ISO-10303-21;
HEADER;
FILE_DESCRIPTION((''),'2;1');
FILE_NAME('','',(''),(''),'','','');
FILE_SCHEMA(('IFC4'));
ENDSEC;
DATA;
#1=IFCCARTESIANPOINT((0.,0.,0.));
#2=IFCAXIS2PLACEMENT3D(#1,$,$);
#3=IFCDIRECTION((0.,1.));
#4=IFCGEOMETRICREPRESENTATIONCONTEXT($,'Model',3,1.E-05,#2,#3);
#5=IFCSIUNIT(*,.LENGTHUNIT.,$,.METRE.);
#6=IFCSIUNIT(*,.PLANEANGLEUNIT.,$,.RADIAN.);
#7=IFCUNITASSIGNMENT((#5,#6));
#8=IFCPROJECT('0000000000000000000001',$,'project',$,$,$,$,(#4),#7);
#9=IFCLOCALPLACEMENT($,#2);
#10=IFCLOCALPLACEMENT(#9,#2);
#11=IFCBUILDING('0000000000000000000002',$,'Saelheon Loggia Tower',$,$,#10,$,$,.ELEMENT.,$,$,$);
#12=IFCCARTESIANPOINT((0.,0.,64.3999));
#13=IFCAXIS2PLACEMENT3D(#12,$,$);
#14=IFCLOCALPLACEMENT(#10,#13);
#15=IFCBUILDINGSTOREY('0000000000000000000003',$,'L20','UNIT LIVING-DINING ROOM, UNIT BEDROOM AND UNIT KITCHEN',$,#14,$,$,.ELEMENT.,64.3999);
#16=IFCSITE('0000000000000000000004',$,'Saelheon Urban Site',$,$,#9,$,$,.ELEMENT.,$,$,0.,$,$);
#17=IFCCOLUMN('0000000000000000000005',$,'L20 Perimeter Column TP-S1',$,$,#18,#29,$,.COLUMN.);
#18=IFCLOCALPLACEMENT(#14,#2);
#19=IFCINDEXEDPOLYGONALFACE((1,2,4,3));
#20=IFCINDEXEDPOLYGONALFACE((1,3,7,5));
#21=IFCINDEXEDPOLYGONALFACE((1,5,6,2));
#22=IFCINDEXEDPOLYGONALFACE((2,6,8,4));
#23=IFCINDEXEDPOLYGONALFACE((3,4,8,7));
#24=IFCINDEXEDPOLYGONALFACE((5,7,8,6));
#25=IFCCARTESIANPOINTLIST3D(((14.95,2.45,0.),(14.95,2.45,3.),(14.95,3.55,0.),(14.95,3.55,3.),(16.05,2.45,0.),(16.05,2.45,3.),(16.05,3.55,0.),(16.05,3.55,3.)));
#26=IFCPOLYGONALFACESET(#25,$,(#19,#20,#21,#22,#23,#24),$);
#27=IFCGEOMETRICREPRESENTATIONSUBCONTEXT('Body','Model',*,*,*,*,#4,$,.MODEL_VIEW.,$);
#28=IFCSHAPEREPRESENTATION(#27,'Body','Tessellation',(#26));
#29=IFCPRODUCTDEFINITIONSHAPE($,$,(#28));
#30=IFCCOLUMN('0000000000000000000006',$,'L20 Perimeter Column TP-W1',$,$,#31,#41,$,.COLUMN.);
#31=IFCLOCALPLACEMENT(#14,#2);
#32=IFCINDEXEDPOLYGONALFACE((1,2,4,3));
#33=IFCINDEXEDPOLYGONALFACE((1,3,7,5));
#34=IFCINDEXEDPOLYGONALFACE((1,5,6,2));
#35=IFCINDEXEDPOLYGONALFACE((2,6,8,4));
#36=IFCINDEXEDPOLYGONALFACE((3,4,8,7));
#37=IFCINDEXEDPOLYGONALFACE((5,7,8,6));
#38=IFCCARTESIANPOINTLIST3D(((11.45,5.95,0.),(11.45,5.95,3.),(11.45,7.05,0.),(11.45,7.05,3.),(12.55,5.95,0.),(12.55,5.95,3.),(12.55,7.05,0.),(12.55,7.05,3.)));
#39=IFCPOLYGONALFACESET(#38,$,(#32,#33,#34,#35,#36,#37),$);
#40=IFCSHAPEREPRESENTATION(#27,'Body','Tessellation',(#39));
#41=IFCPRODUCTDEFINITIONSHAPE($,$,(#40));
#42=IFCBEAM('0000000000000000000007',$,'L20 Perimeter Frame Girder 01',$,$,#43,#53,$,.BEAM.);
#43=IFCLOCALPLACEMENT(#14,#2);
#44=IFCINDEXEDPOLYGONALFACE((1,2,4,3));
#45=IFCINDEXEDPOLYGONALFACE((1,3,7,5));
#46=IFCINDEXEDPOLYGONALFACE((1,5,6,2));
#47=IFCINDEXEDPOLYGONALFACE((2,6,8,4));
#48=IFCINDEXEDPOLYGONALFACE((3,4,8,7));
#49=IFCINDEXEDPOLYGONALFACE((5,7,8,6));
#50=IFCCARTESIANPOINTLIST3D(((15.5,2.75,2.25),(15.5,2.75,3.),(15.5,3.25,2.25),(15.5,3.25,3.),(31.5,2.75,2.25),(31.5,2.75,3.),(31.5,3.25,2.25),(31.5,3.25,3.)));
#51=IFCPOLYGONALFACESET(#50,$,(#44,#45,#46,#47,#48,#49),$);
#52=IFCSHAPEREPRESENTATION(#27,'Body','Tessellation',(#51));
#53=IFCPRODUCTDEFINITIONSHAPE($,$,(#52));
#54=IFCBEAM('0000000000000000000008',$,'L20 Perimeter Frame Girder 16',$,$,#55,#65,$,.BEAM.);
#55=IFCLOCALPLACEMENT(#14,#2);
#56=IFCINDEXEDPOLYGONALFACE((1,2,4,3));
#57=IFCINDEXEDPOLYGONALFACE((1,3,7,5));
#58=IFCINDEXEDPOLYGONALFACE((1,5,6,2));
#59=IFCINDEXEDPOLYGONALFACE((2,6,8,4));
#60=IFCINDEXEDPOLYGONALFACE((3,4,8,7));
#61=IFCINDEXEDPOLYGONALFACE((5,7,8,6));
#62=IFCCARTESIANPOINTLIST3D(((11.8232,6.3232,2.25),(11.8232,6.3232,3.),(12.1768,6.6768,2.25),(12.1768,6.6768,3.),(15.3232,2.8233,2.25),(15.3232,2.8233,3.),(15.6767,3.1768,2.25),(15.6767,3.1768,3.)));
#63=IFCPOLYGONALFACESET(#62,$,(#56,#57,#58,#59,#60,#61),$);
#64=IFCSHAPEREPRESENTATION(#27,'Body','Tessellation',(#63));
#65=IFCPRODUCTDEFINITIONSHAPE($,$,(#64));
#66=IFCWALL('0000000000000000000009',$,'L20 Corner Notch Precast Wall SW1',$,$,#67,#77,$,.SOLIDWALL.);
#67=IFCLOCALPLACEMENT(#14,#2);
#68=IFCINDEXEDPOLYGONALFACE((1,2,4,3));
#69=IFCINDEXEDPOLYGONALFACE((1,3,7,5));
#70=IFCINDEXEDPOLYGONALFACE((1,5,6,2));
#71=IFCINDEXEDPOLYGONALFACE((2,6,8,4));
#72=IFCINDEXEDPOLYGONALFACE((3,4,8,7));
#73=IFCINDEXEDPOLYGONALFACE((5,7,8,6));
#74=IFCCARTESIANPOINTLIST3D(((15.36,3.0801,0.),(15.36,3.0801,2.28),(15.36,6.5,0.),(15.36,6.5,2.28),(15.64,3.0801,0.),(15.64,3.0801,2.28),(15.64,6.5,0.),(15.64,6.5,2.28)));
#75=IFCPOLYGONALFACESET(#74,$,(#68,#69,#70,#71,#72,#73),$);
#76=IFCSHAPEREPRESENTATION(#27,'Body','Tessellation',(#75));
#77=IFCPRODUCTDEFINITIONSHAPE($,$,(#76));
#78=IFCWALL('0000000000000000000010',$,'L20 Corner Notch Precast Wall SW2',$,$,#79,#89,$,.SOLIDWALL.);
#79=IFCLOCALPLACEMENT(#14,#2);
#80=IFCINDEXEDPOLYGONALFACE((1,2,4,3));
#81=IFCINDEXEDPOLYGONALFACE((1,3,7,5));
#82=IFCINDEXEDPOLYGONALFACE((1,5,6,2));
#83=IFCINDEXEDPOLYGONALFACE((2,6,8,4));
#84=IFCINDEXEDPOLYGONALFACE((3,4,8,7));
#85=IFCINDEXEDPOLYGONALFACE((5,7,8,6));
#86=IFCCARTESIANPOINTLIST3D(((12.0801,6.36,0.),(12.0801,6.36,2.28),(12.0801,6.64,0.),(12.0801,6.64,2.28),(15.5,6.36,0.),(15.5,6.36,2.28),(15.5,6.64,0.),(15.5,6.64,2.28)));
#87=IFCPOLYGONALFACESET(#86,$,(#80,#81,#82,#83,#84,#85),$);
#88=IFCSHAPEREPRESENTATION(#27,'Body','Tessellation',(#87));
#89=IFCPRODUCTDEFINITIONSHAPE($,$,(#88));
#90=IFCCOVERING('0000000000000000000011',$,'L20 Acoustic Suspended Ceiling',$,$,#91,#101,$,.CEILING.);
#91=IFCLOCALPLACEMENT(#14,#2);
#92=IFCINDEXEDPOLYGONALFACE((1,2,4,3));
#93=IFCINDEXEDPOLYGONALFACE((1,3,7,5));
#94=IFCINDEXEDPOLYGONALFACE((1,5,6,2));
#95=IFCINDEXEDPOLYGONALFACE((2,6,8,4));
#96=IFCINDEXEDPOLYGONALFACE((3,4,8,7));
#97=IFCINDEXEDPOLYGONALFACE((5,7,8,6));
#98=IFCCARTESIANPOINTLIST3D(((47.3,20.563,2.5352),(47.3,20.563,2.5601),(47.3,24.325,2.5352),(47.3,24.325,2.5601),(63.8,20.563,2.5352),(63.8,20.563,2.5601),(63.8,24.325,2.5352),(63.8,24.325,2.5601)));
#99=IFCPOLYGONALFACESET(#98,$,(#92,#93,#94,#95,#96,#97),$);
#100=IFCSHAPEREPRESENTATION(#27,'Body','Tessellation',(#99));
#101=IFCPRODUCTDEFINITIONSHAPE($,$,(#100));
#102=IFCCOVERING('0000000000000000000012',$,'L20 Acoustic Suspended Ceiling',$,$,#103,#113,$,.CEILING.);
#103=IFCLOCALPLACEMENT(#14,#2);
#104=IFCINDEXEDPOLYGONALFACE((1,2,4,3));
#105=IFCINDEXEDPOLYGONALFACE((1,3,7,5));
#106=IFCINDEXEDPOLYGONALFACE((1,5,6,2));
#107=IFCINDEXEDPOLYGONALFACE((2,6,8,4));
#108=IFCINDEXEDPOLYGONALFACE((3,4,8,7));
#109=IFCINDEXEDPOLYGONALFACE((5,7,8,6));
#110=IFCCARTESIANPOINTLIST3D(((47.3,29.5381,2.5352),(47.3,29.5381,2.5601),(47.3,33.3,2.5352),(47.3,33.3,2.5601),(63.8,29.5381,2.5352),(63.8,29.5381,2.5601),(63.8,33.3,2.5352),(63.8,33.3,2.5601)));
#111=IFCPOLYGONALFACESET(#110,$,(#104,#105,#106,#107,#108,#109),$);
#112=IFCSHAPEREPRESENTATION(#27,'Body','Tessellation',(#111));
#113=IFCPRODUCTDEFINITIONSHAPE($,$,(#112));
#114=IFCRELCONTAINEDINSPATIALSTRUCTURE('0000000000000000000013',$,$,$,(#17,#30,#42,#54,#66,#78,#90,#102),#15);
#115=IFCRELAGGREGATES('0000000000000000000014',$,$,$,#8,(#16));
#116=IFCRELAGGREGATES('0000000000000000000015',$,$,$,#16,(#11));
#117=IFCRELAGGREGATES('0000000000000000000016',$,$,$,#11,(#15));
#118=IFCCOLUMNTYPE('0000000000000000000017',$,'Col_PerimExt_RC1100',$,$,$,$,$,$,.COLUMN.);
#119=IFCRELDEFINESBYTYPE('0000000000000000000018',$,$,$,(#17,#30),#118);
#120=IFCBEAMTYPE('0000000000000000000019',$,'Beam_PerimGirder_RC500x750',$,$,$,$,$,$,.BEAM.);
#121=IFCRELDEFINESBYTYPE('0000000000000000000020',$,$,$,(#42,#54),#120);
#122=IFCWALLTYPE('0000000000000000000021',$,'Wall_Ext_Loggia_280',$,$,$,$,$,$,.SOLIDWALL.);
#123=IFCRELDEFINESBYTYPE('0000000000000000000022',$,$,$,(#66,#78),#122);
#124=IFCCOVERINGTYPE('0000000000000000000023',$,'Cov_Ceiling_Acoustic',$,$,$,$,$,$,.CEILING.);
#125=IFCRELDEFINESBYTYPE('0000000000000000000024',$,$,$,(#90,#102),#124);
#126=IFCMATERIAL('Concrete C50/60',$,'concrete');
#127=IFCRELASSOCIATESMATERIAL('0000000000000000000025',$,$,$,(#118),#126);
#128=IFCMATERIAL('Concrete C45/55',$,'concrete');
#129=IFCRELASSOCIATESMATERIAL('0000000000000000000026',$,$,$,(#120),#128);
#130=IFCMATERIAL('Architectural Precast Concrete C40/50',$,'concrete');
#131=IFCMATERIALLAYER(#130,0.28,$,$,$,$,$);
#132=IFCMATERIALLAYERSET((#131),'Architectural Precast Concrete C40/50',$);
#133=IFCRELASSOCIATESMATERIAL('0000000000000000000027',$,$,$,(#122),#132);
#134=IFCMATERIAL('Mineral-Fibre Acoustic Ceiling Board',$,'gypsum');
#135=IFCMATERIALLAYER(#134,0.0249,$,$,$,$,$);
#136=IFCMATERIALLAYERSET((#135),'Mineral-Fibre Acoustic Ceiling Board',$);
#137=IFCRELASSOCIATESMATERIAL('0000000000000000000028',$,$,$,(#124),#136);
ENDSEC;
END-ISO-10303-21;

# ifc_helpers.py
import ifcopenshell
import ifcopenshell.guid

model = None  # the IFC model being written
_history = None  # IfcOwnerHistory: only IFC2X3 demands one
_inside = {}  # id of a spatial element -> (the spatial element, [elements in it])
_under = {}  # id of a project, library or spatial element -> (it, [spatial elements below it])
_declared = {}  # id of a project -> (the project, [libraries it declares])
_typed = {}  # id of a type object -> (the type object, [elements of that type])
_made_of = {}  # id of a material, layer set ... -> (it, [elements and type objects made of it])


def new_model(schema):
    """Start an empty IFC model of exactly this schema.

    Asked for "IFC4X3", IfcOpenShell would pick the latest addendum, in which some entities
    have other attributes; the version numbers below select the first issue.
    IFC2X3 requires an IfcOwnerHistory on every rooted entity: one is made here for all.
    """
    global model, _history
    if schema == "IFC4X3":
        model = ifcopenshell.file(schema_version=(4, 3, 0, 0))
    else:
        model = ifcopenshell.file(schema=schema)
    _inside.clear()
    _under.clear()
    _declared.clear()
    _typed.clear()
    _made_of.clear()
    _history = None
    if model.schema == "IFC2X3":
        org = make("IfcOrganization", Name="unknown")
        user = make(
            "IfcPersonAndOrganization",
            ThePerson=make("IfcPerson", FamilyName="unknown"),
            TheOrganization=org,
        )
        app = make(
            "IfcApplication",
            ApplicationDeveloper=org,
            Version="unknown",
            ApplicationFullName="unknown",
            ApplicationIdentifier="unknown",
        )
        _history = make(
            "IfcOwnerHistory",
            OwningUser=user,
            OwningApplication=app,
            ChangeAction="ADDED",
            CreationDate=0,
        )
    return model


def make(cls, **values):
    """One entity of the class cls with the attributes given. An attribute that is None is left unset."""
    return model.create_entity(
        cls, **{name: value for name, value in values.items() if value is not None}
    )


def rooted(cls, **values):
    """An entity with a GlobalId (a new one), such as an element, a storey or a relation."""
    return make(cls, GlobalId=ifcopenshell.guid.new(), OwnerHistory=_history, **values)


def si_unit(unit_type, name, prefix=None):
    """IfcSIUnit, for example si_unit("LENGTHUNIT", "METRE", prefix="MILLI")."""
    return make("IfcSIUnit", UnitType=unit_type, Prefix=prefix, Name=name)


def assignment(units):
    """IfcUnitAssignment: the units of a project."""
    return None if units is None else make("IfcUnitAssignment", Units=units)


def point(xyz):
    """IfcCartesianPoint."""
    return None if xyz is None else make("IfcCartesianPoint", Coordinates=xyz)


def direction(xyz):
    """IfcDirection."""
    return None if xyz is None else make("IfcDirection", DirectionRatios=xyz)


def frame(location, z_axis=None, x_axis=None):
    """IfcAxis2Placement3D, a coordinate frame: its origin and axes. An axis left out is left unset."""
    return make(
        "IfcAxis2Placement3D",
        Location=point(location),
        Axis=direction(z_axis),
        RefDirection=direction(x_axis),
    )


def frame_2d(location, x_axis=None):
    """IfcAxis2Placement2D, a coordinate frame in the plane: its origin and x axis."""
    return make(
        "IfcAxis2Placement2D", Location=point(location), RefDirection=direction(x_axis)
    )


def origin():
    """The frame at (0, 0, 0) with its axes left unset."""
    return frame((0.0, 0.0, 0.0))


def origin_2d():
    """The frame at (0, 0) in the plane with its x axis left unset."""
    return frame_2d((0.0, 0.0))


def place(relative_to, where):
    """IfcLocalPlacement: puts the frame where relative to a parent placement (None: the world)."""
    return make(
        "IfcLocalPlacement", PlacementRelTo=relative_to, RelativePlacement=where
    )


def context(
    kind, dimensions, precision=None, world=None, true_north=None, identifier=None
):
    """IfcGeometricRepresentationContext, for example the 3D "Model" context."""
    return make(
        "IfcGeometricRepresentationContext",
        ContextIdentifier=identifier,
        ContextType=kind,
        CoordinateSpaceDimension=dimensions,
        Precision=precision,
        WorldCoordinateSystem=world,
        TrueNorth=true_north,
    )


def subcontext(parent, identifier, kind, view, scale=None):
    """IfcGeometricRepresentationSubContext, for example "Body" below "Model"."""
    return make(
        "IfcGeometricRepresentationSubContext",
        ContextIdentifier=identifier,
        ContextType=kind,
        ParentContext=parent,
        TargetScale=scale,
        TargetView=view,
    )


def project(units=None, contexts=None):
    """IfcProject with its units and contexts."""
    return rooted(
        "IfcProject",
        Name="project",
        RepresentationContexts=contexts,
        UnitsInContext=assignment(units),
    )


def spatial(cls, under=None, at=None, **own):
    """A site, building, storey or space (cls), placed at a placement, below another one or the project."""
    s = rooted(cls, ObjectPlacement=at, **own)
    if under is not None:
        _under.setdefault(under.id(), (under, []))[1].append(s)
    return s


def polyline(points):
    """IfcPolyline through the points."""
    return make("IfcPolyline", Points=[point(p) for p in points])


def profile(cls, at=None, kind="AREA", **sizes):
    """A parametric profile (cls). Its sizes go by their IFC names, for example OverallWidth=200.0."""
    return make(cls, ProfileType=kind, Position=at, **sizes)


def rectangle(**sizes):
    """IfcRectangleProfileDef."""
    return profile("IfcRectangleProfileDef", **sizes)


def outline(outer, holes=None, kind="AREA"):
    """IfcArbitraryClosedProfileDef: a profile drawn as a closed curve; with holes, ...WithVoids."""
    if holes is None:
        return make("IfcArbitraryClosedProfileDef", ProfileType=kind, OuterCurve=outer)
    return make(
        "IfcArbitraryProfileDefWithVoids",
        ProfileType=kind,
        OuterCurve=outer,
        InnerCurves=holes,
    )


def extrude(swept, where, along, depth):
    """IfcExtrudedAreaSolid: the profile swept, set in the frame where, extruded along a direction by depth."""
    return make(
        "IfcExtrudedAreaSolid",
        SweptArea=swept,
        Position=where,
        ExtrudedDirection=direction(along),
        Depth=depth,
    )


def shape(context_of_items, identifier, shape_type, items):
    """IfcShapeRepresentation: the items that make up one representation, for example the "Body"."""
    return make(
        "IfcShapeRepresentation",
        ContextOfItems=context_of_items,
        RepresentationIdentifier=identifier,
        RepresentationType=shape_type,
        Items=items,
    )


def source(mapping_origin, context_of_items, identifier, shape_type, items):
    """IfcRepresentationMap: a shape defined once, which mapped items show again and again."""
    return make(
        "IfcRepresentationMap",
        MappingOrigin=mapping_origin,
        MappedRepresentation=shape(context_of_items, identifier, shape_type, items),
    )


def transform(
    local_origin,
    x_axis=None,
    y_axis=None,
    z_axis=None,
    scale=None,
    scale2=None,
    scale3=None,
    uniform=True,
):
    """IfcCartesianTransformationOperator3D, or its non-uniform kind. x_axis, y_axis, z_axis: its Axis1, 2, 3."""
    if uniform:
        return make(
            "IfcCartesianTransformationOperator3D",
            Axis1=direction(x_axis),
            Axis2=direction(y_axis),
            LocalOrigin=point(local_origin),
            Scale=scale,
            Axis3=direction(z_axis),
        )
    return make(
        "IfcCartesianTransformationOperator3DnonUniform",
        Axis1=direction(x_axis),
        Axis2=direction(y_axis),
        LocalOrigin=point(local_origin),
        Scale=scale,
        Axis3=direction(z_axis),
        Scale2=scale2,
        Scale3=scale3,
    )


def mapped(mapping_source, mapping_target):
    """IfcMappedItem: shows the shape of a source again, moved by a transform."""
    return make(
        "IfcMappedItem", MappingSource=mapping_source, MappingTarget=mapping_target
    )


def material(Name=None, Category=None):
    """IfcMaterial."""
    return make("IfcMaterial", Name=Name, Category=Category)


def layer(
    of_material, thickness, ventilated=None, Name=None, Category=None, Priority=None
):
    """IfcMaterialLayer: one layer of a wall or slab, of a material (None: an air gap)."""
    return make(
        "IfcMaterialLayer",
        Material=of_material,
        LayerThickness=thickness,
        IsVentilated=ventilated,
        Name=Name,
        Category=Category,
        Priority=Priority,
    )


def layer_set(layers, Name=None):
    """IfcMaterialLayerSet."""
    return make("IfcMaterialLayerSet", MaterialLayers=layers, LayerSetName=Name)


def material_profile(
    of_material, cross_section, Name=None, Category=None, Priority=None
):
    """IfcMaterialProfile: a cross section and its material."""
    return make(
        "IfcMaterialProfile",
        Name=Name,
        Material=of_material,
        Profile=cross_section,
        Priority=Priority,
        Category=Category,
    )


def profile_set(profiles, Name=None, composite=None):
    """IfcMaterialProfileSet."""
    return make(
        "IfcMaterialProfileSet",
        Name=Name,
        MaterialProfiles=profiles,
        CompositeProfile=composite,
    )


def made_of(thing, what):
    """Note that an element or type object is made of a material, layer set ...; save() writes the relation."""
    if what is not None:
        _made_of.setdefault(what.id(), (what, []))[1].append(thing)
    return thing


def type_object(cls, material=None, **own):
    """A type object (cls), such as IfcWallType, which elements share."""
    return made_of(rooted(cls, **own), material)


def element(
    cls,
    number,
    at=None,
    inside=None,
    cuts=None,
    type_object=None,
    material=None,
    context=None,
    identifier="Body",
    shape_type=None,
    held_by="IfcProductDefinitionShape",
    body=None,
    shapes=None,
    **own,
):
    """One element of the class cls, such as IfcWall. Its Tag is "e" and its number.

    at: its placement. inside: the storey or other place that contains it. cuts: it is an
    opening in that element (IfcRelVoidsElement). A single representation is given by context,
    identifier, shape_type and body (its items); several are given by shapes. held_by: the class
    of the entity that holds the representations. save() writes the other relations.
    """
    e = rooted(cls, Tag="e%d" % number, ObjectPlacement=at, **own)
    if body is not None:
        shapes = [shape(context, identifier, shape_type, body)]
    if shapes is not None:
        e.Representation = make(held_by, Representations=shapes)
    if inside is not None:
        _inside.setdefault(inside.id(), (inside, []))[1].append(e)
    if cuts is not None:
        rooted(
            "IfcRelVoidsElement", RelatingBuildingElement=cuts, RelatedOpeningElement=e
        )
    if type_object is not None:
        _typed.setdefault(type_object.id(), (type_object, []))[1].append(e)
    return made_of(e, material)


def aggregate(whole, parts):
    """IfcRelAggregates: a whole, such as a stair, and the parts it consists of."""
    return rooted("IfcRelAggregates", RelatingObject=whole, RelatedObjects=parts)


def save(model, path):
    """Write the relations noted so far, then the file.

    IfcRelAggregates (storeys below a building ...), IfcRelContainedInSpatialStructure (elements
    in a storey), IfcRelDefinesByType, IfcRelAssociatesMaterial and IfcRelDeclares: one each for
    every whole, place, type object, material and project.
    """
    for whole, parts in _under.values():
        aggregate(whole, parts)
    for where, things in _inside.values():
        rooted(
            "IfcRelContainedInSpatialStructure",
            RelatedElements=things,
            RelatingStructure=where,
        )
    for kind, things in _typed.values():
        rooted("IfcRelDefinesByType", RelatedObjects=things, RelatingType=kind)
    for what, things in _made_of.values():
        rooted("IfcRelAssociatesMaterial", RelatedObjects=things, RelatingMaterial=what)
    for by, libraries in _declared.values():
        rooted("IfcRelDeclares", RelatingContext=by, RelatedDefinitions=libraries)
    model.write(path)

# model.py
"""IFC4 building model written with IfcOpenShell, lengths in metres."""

from ifc_helpers import new_model, si_unit, direction, frame, frame_2d, origin, origin_2d, place, context, subcontext, project, spatial, polyline, rectangle, outline, extrude, source, transform, mapped, material, layer, layer_set, material_profile, profile_set, type_object, element, save


model = new_model("IFC4")

# Units and contexts
model_context = context("Model", 3, precision=1e-05, world=origin(), true_north=direction((0.0, 1.0)))
body_context = subcontext(model_context, "Body", "Model", "MODEL_VIEW")
ifc_project = project(units=[si_unit("LENGTHUNIT", "METRE"), si_unit("PLANEANGLEUNIT", "RADIAN")], contexts=[model_context])

# Site, building, storey
site_placement = place(None, origin())
site = spatial("IfcSite", under=ifc_project, at=site_placement, Name="Saelheon Urban Site", CompositionType="ELEMENT", RefElevation=0.0)
building_placement = place(site_placement, origin())
building = spatial("IfcBuilding", under=site, at=building_placement, Name="Saelheon Loggia Tower", CompositionType="ELEMENT")
storey_placement = place(building_placement, frame((0.0, 0.0, 64.3999)))
storey = spatial("IfcBuildingStorey", under=building, at=storey_placement, Name="L20", Description="UNIT LIVING-DINING ROOM, UNIT BEDROOM AND UNIT KITCHEN", CompositionType="ELEMENT", Elevation=64.3999)

# Columns
ifc_material_1 = material(Name="Concrete C50/60", Category="concrete")
ifc_material_profile_1 = material_profile(ifc_material_1, rectangle(XDim=1.1001, YDim=1.1001, at=origin_2d()), Name="RC-1100x1100")
ifc_profile_set_1 = profile_set([ifc_material_profile_1], Name="Concrete C50/60")
column_type = type_object("IfcColumnType", Name="Col_PerimExt_RC1100", PredefinedType="COLUMN", material=ifc_profile_set_1)
shared_shape_1 = source(origin(), body_context, "Body", "SweptSolid", [
    extrude(rectangle(XDim=1.1001, YDim=1.1001, at=origin_2d()), origin(), (0.0, 0.0, 1.0), 3.0),
])
for number, where, z_axis, x_axis, name in (
    (1, (15.5, 3.0, 0.0), (0.0, 0.0, 1.0), (1.0, 0.0, 0.0), "L20 Perimeter Column TP-S1"),
    (2, (12.0, 6.5, 0.0), (0.0, 0.0, 1.0), (1.0, 0.0, 0.0), "L20 Perimeter Column TP-W1"),
):
    element("IfcColumn", number, at=place(storey_placement, frame(where, z_axis=z_axis, x_axis=x_axis)), inside=storey, type_object=column_type, Name=name, PredefinedType="COLUMN", context=body_context, shape_type="MappedRepresentation", body=[
        mapped(shared_shape_1, transform((0.0, 0.0, 0.0), scale=1.0)),
    ])

# Beams
ifc_material_2 = material(Name="Concrete C45/55", Category="concrete")
ifc_material_profile_2 = material_profile(ifc_material_2, rectangle(XDim=0.5, YDim=0.75, at=origin_2d()), Name="RC-500x750")
ifc_profile_set_2 = profile_set([ifc_material_profile_2], Name="Concrete C45/55")
beam_type = type_object("IfcBeamType", Name="Beam_PerimGirder_RC500x750", PredefinedType="BEAM", material=ifc_profile_set_2)
shared_shape_2 = source(origin(), body_context, "Body", "SweptSolid", [
    extrude(rectangle(XDim=0.5, YDim=0.75, at=origin_2d()), origin(), (0.0, 0.0, 1.0), 16.0),
])
beam_1_placement = place(storey_placement, frame((15.5, 3.0, 2.625), z_axis=(1.0, 0.0, 0.0), x_axis=(0.0, 1.0, 0.0)))
element("IfcBeam", 3, at=beam_1_placement, inside=storey, type_object=beam_type, Name="L20 Perimeter Frame Girder 01", PredefinedType="BEAM", context=body_context, shape_type="MappedRepresentation", body=[
    mapped(shared_shape_2, transform((0.0, 0.0, 0.0), scale=1.0)),
])
shared_shape_3 = source(origin(), body_context, "Body", "SweptSolid", [
    extrude(rectangle(XDim=0.5, YDim=0.75, at=origin_2d()), origin(), (0.0, 0.0, 1.0), 4.9497),
])
beam_2_placement = place(storey_placement, frame((12.0, 6.5, 2.625), z_axis=(0.707107, -0.707107, 0.0), x_axis=(0.707107, 0.707107, 0.0)))
element("IfcBeam", 4, at=beam_2_placement, inside=storey, type_object=beam_type, Name="L20 Perimeter Frame Girder 16", PredefinedType="BEAM", context=body_context, shape_type="MappedRepresentation", body=[
    mapped(shared_shape_3, transform((0.0, 0.0, 0.0), scale=1.0)),
])

# Shared definitions
ifc_material_3 = material(Name="Architectural Precast Concrete C40/50", Category="concrete")
ifc_layer_1 = layer(ifc_material_3, 0.28)
ifc_layer_set_1 = layer_set([ifc_layer_1], Name="Architectural Precast Concrete C40/50")
wall_type = type_object("IfcWallType", Name="Wall_Ext_Loggia_280", PredefinedType="SOLIDWALL", material=ifc_layer_set_1)

# Walls
for number, where, z_axis, x_axis, name in (
    (5, (15.5, 3.0801, 0.0), (0.0, 0.0, 1.0), (0.0, 1.0, 0.0), "L20 Corner Notch Precast Wall SW1"),
    (6, (12.0801, 6.5, 0.0), (0.0, 0.0, 1.0), (1.0, 0.0, 0.0), "L20 Corner Notch Precast Wall SW2"),
):
    element("IfcWall", number, at=place(storey_placement, frame(where, z_axis=z_axis, x_axis=x_axis)), inside=storey, type_object=wall_type, Name=name, PredefinedType="SOLIDWALL", context=body_context, shape_type="SweptSolid", body=[
        extrude(rectangle(XDim=3.4199, YDim=0.28, at=frame_2d((1.71, 0.0))), origin(), (0.0, 0.0, 1.0), 2.28),
    ])

# Coverings
ifc_material_4 = material(Name="Mineral-Fibre Acoustic Ceiling Board", Category="gypsum")
ifc_layer_2 = layer(ifc_material_4, 0.0249)
ifc_layer_set_2 = layer_set([ifc_layer_2], Name="Mineral-Fibre Acoustic Ceiling Board")
covering_type = type_object("IfcCoveringType", Name="Cov_Ceiling_Acoustic", PredefinedType="CEILING", material=ifc_layer_set_2)
covering_1_placement = place(storey_placement, frame((0.0, 0.0, 2.5352)))
element("IfcCovering", 7, at=covering_1_placement, inside=storey, type_object=covering_type, Name="L20 Acoustic Suspended Ceiling", PredefinedType="CEILING", context=body_context, shape_type="SweptSolid", body=[
    extrude(outline(polyline([(47.3, 20.563), (63.8, 20.563), (63.8, 24.325), (47.3, 24.325), (47.3, 20.563)])), origin(), (0.0, 0.0, 1.0), 0.0249),
])
covering_2_placement = place(storey_placement, frame((0.0, 0.0, 2.5352)))
element("IfcCovering", 8, at=covering_2_placement, inside=storey, type_object=covering_type, Name="L20 Acoustic Suspended Ceiling", PredefinedType="CEILING", context=body_context, shape_type="SweptSolid", body=[
    extrude(outline(polyline([(47.3, 29.5381), (63.8, 29.5381), (63.8, 33.3), (47.3, 33.3), (47.3, 29.5381)])), origin(), (0.0, 0.0, 1.0), 0.0249),
])

save(model, "model.ifc")
